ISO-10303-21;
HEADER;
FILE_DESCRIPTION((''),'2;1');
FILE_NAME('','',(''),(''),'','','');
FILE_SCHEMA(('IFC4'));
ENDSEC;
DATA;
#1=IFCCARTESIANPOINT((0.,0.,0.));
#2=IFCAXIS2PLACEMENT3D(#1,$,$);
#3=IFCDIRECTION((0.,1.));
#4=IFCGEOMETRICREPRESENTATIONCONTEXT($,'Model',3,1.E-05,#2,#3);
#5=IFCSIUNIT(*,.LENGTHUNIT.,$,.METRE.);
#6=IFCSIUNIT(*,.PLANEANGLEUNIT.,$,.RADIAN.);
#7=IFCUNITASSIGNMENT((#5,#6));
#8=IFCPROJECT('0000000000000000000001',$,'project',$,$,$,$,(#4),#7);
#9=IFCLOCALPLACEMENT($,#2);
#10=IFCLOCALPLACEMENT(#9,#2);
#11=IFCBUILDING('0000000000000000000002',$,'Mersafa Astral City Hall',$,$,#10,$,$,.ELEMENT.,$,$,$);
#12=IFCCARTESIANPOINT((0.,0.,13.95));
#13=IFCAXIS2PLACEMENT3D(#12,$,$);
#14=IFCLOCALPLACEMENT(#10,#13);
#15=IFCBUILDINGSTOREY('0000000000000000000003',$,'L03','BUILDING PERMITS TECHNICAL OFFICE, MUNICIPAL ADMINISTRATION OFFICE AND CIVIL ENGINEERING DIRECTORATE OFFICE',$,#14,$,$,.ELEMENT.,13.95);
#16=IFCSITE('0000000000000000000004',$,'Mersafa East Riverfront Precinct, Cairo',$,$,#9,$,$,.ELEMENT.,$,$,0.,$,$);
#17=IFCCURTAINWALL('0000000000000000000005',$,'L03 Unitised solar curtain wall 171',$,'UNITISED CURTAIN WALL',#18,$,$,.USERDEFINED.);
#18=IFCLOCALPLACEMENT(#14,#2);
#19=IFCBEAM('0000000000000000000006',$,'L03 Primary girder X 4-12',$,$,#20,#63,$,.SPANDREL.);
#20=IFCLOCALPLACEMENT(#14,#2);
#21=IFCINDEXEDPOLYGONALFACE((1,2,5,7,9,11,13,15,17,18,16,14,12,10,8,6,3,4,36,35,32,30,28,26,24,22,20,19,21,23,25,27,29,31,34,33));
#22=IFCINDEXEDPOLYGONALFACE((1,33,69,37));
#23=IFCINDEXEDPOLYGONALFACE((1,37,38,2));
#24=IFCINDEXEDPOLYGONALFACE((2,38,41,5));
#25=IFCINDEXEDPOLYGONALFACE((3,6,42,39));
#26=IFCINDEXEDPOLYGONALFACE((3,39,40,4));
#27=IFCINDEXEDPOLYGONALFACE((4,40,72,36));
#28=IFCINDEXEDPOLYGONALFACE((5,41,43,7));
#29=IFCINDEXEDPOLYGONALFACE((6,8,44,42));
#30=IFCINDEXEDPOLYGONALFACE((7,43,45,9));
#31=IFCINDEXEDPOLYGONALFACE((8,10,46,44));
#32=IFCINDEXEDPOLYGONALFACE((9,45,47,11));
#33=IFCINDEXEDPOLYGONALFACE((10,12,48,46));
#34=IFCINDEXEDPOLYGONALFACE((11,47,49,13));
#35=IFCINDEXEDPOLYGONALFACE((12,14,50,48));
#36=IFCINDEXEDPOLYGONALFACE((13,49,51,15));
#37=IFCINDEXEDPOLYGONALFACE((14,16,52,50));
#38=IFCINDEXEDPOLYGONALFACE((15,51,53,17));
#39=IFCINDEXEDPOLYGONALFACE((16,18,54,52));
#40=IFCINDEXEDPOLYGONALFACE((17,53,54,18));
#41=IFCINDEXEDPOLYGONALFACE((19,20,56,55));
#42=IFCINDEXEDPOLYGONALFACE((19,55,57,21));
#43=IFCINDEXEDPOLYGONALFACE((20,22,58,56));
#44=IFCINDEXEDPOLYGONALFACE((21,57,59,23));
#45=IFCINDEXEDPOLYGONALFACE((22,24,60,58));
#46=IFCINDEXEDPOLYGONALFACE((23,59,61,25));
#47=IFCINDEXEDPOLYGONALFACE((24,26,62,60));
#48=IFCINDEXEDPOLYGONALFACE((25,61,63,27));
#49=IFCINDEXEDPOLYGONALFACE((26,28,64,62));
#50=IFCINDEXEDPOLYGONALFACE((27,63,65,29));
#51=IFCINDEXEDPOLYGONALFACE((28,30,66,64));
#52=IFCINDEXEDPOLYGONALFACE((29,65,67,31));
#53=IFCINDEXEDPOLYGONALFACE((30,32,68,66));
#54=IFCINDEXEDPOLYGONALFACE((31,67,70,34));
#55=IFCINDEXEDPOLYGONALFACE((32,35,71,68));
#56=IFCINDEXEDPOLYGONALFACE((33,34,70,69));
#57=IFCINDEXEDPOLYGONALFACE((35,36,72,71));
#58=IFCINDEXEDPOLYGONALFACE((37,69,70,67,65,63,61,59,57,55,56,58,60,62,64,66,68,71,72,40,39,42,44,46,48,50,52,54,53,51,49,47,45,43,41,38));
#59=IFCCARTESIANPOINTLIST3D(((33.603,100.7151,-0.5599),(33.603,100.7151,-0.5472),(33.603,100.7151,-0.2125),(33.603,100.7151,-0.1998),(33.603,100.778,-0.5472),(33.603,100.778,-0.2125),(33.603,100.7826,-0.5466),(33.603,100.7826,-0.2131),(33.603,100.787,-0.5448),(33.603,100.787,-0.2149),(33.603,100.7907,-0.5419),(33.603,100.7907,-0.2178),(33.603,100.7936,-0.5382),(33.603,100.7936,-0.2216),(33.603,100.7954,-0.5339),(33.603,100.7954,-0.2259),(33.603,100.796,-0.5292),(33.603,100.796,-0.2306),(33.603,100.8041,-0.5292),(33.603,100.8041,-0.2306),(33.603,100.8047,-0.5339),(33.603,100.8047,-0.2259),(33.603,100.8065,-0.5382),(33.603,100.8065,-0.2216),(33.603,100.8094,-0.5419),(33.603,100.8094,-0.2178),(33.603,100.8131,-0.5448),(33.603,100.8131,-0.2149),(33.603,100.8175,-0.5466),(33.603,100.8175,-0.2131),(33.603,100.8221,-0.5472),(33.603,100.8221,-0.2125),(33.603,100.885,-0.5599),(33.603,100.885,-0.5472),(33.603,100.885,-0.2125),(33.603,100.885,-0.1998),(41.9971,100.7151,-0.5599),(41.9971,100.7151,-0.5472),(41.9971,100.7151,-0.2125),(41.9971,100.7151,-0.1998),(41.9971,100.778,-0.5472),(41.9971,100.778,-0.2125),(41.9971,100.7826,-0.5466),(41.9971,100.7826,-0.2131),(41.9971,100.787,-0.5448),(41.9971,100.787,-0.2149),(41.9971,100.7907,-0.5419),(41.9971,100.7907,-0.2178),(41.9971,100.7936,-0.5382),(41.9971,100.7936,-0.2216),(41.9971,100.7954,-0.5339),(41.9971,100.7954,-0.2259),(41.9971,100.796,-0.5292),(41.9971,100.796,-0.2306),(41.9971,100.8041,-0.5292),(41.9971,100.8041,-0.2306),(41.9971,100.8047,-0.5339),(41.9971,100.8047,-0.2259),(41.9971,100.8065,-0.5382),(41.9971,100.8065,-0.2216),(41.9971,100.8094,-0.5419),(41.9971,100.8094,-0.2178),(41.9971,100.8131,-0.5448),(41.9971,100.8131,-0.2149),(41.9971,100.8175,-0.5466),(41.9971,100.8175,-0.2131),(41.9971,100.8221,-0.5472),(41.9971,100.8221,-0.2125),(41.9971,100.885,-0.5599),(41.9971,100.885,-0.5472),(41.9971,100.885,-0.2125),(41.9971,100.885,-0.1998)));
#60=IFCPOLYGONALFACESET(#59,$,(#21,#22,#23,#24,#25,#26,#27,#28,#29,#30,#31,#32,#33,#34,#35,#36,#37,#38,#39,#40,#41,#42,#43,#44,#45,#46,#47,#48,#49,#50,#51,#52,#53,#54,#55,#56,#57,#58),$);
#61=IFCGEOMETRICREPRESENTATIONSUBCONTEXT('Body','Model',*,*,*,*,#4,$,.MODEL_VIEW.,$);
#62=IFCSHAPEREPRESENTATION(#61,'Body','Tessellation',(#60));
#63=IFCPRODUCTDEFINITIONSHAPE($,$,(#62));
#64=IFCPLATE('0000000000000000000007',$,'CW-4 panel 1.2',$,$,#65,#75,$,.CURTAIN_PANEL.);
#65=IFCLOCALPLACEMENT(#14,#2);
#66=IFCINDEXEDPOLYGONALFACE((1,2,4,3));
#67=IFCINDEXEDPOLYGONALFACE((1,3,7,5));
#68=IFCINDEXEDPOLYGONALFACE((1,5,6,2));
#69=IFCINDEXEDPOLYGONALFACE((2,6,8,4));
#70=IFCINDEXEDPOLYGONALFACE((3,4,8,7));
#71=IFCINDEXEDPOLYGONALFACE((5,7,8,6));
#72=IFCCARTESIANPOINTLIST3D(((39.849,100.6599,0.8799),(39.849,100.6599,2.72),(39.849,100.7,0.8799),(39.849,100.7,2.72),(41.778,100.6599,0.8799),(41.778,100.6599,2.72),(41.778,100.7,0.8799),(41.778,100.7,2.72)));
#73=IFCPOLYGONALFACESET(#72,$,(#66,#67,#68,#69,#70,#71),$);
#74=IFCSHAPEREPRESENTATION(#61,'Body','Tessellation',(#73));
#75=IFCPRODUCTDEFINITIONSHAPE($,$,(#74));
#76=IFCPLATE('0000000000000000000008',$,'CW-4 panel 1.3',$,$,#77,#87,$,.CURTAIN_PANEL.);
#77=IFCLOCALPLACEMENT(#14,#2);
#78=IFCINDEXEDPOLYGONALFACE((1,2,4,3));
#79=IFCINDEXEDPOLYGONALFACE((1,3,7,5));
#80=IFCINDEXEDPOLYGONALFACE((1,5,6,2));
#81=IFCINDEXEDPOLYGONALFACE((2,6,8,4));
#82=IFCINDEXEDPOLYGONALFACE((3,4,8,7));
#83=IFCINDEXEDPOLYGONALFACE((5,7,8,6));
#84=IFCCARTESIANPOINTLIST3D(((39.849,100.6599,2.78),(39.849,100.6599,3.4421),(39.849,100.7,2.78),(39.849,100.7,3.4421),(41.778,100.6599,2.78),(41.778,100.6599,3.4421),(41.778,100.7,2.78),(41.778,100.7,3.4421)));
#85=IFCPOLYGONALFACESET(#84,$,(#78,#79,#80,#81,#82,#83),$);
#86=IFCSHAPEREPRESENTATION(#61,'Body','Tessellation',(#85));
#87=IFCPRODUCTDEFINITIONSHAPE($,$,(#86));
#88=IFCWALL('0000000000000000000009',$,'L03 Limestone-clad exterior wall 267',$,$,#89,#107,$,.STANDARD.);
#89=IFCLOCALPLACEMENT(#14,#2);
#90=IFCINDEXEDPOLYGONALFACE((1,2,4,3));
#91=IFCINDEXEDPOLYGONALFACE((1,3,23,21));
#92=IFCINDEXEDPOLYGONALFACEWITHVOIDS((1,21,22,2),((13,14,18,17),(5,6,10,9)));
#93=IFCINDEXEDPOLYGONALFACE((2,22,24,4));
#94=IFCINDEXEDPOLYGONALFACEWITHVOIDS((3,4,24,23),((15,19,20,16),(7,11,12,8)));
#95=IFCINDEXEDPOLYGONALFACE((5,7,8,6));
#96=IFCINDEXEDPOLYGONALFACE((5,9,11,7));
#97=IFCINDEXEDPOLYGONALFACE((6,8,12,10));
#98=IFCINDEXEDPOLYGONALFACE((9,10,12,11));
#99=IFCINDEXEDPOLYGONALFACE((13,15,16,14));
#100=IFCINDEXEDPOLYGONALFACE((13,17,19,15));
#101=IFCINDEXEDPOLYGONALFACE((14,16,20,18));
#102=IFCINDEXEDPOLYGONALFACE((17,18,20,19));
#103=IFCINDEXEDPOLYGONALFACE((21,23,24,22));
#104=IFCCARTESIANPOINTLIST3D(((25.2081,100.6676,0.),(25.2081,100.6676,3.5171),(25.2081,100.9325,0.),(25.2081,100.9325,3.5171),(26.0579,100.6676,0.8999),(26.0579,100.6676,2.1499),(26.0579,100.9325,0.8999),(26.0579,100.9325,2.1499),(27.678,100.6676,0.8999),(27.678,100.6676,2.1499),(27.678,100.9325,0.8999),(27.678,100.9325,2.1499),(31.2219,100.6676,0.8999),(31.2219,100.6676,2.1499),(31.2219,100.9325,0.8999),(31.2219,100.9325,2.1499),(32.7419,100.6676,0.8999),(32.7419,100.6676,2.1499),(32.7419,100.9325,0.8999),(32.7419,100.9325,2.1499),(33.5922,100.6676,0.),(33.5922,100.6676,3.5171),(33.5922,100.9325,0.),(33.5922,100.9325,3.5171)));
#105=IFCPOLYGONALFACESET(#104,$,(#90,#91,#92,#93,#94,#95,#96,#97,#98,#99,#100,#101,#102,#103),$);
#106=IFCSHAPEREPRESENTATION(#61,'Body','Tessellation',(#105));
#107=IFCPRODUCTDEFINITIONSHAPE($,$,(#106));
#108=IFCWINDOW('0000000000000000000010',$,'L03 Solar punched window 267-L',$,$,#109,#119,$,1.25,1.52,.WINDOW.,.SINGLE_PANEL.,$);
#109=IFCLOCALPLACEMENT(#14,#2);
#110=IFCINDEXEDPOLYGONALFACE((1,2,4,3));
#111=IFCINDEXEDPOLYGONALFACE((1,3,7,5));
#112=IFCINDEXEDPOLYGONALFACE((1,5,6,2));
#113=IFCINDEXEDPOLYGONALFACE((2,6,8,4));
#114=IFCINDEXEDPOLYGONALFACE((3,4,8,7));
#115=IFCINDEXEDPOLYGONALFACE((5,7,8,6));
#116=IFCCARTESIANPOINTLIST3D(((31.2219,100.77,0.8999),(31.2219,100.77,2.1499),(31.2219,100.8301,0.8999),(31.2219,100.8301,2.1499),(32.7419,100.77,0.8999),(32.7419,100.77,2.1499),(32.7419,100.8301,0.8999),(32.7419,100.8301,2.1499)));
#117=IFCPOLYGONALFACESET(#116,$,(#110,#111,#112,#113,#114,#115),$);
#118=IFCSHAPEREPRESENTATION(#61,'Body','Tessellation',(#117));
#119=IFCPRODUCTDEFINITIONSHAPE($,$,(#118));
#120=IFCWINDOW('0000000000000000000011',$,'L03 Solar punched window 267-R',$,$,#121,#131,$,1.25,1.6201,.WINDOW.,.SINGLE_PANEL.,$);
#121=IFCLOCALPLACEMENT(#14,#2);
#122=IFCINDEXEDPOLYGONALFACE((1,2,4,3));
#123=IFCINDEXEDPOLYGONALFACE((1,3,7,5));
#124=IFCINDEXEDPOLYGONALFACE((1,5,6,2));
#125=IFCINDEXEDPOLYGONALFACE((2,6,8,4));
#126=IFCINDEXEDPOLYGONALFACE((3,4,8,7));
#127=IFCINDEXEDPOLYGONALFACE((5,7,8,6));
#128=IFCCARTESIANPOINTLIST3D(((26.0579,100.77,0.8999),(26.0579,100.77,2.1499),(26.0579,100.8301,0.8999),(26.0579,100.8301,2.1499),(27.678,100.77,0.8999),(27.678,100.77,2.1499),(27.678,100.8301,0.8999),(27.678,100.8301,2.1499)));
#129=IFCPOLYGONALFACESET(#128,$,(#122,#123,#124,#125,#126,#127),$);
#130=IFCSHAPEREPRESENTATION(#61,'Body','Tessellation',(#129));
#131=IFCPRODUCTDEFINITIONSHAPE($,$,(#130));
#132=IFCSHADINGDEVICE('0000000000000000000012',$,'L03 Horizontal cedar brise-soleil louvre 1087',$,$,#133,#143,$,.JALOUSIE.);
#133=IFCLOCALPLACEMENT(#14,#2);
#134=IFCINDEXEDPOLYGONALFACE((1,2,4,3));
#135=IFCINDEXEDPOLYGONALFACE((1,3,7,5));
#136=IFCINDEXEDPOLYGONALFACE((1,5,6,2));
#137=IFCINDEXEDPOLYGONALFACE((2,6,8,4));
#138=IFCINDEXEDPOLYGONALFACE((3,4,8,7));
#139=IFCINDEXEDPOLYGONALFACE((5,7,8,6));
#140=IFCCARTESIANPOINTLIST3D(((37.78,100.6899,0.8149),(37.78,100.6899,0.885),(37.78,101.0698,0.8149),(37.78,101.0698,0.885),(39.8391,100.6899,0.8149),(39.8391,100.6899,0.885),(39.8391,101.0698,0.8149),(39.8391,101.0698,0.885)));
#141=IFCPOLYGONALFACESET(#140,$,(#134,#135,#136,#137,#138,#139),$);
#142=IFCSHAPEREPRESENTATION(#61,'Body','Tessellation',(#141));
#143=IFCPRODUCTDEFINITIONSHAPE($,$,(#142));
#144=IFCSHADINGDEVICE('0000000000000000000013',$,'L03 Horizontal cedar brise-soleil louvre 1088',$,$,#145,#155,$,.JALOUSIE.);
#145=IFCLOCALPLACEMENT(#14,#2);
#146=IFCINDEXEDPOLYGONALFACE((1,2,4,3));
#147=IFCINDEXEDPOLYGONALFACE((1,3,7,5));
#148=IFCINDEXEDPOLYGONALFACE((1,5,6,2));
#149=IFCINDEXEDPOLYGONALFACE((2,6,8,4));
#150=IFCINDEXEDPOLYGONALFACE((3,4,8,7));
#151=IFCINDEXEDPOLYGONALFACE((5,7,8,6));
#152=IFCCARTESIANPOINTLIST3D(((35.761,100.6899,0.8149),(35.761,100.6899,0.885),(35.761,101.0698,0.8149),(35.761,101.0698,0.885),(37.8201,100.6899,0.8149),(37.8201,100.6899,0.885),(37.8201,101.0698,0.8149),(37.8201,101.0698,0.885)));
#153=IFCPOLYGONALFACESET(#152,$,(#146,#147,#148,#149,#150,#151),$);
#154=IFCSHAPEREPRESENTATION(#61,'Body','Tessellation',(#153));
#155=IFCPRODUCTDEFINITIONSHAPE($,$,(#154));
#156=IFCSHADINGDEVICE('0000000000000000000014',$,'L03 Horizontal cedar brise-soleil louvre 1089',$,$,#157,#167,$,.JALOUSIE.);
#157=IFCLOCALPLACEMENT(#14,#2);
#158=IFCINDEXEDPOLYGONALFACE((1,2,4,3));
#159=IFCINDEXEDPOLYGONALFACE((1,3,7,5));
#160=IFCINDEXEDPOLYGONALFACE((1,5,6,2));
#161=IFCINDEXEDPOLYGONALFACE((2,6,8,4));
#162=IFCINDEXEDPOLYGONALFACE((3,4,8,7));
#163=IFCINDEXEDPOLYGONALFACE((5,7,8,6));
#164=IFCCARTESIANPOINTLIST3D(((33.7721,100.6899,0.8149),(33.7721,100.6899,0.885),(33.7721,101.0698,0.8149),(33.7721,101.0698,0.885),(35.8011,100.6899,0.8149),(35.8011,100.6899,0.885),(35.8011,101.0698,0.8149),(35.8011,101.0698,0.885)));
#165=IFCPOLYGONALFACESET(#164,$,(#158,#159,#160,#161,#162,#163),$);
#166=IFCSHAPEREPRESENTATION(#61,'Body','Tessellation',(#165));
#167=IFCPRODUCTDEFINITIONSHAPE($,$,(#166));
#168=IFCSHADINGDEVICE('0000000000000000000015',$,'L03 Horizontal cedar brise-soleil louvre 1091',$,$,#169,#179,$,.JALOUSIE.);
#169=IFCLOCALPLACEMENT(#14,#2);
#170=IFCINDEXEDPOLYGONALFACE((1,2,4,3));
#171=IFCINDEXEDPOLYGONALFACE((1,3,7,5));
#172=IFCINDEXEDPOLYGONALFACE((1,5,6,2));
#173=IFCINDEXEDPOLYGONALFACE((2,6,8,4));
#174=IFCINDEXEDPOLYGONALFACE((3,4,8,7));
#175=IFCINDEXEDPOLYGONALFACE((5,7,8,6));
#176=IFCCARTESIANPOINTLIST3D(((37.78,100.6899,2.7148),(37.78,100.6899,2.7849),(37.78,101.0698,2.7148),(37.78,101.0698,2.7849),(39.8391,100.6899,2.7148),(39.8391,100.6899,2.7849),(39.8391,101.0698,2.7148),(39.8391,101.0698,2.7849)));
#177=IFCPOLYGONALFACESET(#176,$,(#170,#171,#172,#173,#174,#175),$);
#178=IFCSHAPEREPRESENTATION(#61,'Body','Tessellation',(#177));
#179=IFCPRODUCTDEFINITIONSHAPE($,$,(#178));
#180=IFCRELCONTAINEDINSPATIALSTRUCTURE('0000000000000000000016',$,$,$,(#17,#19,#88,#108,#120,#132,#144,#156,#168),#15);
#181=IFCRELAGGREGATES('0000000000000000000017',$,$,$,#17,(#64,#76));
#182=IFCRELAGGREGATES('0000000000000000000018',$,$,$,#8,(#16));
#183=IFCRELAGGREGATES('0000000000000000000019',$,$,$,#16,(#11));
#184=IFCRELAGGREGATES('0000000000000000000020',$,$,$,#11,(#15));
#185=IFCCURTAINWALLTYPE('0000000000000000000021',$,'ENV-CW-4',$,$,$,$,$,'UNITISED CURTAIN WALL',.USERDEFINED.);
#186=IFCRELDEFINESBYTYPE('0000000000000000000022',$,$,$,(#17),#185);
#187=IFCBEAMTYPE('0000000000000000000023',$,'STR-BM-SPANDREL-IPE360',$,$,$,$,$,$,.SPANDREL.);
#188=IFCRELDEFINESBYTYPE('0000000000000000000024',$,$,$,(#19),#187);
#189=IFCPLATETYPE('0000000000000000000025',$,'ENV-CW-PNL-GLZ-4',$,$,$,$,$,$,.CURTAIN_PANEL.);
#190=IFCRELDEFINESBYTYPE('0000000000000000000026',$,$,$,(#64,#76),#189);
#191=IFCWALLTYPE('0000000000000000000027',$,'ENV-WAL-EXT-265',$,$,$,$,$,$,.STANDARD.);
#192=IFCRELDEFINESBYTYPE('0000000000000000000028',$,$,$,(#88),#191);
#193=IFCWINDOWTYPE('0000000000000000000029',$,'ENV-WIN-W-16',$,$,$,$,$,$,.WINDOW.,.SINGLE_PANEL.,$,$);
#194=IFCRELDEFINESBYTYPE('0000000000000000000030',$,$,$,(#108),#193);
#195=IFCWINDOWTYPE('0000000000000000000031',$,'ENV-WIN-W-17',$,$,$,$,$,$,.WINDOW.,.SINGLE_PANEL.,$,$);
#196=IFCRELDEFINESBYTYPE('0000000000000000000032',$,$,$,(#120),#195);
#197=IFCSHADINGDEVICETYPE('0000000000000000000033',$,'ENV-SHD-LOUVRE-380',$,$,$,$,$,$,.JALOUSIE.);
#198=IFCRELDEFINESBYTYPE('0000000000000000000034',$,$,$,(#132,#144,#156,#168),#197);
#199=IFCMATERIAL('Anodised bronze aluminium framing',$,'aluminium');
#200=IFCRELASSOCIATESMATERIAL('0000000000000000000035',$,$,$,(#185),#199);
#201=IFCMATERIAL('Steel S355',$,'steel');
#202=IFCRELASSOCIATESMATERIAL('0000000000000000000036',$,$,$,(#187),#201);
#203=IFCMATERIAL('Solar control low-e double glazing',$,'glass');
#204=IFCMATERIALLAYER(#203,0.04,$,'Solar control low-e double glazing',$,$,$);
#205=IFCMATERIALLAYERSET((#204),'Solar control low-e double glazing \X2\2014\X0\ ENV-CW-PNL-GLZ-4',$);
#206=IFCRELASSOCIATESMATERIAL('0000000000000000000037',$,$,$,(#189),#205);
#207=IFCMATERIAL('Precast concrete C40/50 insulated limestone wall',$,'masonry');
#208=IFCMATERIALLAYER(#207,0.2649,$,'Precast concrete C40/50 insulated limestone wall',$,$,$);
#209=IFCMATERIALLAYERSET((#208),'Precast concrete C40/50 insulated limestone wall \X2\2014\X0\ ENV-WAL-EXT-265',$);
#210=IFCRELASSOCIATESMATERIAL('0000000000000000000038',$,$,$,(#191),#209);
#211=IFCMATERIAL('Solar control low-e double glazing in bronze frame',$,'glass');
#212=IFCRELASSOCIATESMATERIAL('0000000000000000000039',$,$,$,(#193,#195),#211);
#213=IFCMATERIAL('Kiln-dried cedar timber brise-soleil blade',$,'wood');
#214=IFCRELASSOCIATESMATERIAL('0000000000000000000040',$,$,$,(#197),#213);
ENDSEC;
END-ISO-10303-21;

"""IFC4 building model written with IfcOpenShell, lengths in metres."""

from ifc_helpers import new_model, si_unit, direction, frame, frame_2d, origin, origin_2d, place, context, subcontext, project, spatial, rectangle, i_section, extrude, material, layer, layer_set, material_profile, profile_set, type_object, element, fill, aggregate, save


model = new_model("IFC4")

# Units and contexts
model_context = context("Model", 3, precision=1e-05, world=origin(), true_north=direction((0.0, 1.0)))
body_context = subcontext(model_context, "Body", "Model", "MODEL_VIEW")
ifc_project = project(units=[si_unit("LENGTHUNIT", "METRE"), si_unit("PLANEANGLEUNIT", "RADIAN")], contexts=[model_context])

# Site, building, storey
site_placement = place(None, origin())
site = spatial("IfcSite", under=ifc_project, at=site_placement, Name="Mersafa East Riverfront Precinct, Cairo", CompositionType="ELEMENT", RefElevation=0.0)
building_placement = place(site_placement, origin())
building = spatial("IfcBuilding", under=site, at=building_placement, Name="Mersafa Astral City Hall", CompositionType="ELEMENT")
storey_placement = place(building_placement, frame((0.0, 0.0, 13.95)))
storey = spatial("IfcBuildingStorey", under=building, at=storey_placement, Name="L03", Description="BUILDING PERMITS TECHNICAL OFFICE, MUNICIPAL ADMINISTRATION OFFICE AND CIVIL ENGINEERING DIRECTORATE OFFICE", CompositionType="ELEMENT", Elevation=13.95)

# Shared definitions
ifc_material_1 = material(Name="Steel S355", Category="steel")

# Curtain wall
ifc_material_2 = material(Name="Anodised bronze aluminium framing", Category="aluminium")
curtain_wall_type = type_object("IfcCurtainWallType", Name="ENV-CW-4", ElementType="UNITISED CURTAIN WALL", PredefinedType="USERDEFINED", material=ifc_material_2)
curtain_wall_placement = place(storey_placement, origin())
curtain_wall = element("IfcCurtainWall", 1, at=curtain_wall_placement, inside=storey, type_object=curtain_wall_type, Name="L03 Unitised solar curtain wall 171", ObjectType="UNITISED CURTAIN WALL", PredefinedType="USERDEFINED")

# Beam
ifc_material_profile_1 = material_profile(ifc_material_1, i_section(OverallWidth=0.1699, OverallDepth=0.3601, WebThickness=0.0081, FlangeThickness=0.0127, FilletRadius=0.0181, at=origin_2d()), Name="IPE 360")
ifc_profile_set_1 = profile_set([ifc_material_profile_1], Name="Steel S355")
beam_type_1 = type_object("IfcBeamType", Name="STR-BM-SPANDREL-IPE360", PredefinedType="SPANDREL", material=ifc_profile_set_1)
beam_1_placement = place(storey_placement, frame((33.603, 100.8, -0.3799), z_axis=(1.0, 0.0, 0.0), x_axis=(0.0, 1.0, 0.0)))
element("IfcBeam", 2, at=beam_1_placement, inside=storey, type_object=beam_type_1, Name="L03 Primary girder X 4-12", PredefinedType="SPANDREL", context=body_context, shape_type="SweptSolid", body=[
    extrude(i_section(OverallWidth=0.1699, OverallDepth=0.3601, WebThickness=0.0081, FlangeThickness=0.0127, FilletRadius=0.0181, at=origin_2d()), origin(), (0.0, 0.0, 1.0), 8.394),
])

# Plates
ifc_material_3 = material(Name="Solar control low-e double glazing", Category="glass")
ifc_layer_1 = layer(ifc_material_3, 0.04, Name="Solar control low-e double glazing")
ifc_layer_set_1 = layer_set([ifc_layer_1], Name="Solar control low-e double glazing — ENV-CW-PNL-GLZ-4")
plate_type = type_object("IfcPlateType", Name="ENV-CW-PNL-GLZ-4", PredefinedType="CURTAIN_PANEL", material=ifc_layer_set_1)
plate_1_placement = place(storey_placement, frame((40.8135, 100.6799, 0.8799), z_axis=(0.0, 0.0, 1.0), x_axis=(-1.0, 0.0, 0.0)))
plate_1 = element("IfcPlate", 3, at=plate_1_placement, type_object=plate_type, Name="CW-4 panel 1.2", PredefinedType="CURTAIN_PANEL", context=body_context, shape_type="SweptSolid", body=[
    extrude(rectangle(XDim=1.929, YDim=0.04, at=origin_2d()), origin(), (0.0, 0.0, 1.0), 1.8401),
])
plate_2_placement = place(storey_placement, frame((40.8135, 100.6799, 2.78), z_axis=(0.0, 0.0, 1.0), x_axis=(-1.0, 0.0, 0.0)))
plate_2 = element("IfcPlate", 4, at=plate_2_placement, type_object=plate_type, Name="CW-4 panel 1.3", PredefinedType="CURTAIN_PANEL", context=body_context, shape_type="SweptSolid", body=[
    extrude(rectangle(XDim=1.929, YDim=0.04, at=origin_2d()), origin(), (0.0, 0.0, 1.0), 0.6621),
])
aggregate(curtain_wall, [plate_1, plate_2])

# Wall, openings, windows
ifc_material_4 = material(Name="Precast concrete C40/50 insulated limestone wall", Category="masonry")
ifc_layer_2 = layer(ifc_material_4, 0.2649, Name="Precast concrete C40/50 insulated limestone wall")
ifc_layer_set_2 = layer_set([ifc_layer_2], Name="Precast concrete C40/50 insulated limestone wall — ENV-WAL-EXT-265")
wall_type = type_object("IfcWallType", Name="ENV-WAL-EXT-265", PredefinedType="STANDARD", material=ifc_layer_set_2)
wall_placement = place(storey_placement, frame((33.592, 100.8, 0.0), z_axis=(0.0, 0.0, 1.0), x_axis=(-1.0, 0.0, 0.0)))
wall = element("IfcWall", 5, at=wall_placement, inside=storey, type_object=wall_type, Name="L03 Limestone-clad exterior wall 267", PredefinedType="STANDARD", context=body_context, shape_type="SweptSolid", body=[
    extrude(rectangle(XDim=8.384, YDim=0.2649, at=frame_2d((4.1919, 0.0))), origin(), (0.0, 0.0, 1.0), 3.5171),
])
opening_1_placement = place(wall_placement, frame((0.8501, 0.0, 0.8999)))
opening_1 = element("IfcOpeningElement", 6, at=opening_1_placement, cuts=wall, PredefinedType="OPENING", context=body_context, shape_type="SweptSolid", body=[
    extrude(rectangle(XDim=1.52, YDim=1.25, at=frame_2d((0.76, 0.625))), frame((0.0, 0.1423, 0.0), z_axis=(0.0, -1.0, 0.0), x_axis=(1.0, 0.0, 0.0)), (0.0, 0.0, 1.0), 0.2849),
])
opening_2_placement = place(wall_placement, frame((5.9141, 0.0, 0.8999)))
opening_2 = element("IfcOpeningElement", 7, at=opening_2_placement, cuts=wall, PredefinedType="OPENING", context=body_context, shape_type="SweptSolid", body=[
    extrude(rectangle(XDim=1.6201, YDim=1.25, at=frame_2d((0.8101, 0.625))), frame((0.0, 0.1423, 0.0), z_axis=(0.0, -1.0, 0.0), x_axis=(1.0, 0.0, 0.0)), (0.0, 0.0, 1.0), 0.2849),
])
ifc_material_5 = material(Name="Solar control low-e double glazing in bronze frame", Category="glass")
window_type_1 = type_object("IfcWindowType", Name="ENV-WIN-W-16", PartitioningType="SINGLE_PANEL", PredefinedType="WINDOW", material=ifc_material_5)
window_1_placement = place(opening_1_placement, origin())
window_1 = element("IfcWindow", 8, at=window_1_placement, inside=storey, type_object=window_type_1, Name="L03 Solar punched window 267-L", OverallHeight=1.25, OverallWidth=1.52, PartitioningType="SINGLE_PANEL", PredefinedType="WINDOW", context=body_context, shape_type="SweptSolid", body=[
    extrude(rectangle(XDim=1.52, YDim=1.25, at=frame_2d((0.76, 0.625))), frame((0.0, 0.03, 0.0), z_axis=(0.0, -1.0, 0.0), x_axis=(1.0, 0.0, 0.0)), (0.0, 0.0, 1.0), 0.0601),
])
fill(opening_1, window_1)
window_type_2 = type_object("IfcWindowType", Name="ENV-WIN-W-17", PartitioningType="SINGLE_PANEL", PredefinedType="WINDOW", material=ifc_material_5)
window_2_placement = place(opening_2_placement, origin())
window_2 = element("IfcWindow", 9, at=window_2_placement, inside=storey, type_object=window_type_2, Name="L03 Solar punched window 267-R", OverallHeight=1.25, OverallWidth=1.6201, PartitioningType="SINGLE_PANEL", PredefinedType="WINDOW", context=body_context, shape_type="SweptSolid", body=[
    extrude(rectangle(XDim=1.6201, YDim=1.25, at=frame_2d((0.8101, 0.625))), frame((0.0, 0.03, 0.0), z_axis=(0.0, -1.0, 0.0), x_axis=(1.0, 0.0, 0.0)), (0.0, 0.0, 1.0), 0.0601),
])
fill(opening_2, window_2)

# Shading devices
ifc_material_6 = material(Name="Kiln-dried cedar timber brise-soleil blade", Category="wood")
shading_device_type = type_object("IfcShadingDeviceType", Name="ENV-SHD-LOUVRE-380", PredefinedType="JALOUSIE", material=ifc_material_6)
for number, where, z_axis, x_axis, name in (
    (10, (38.8096, 100.8799, 0.8149), (0.0, 0.0, 1.0), (-1.0, 0.0, 0.0), "L03 Horizontal cedar brise-soleil louvre 1087"),
    (11, (36.7905, 100.8799, 0.8149), (0.0, 0.0, 1.0), (-1.0, 0.0, 0.0), "L03 Horizontal cedar brise-soleil louvre 1088"),
):
    element("IfcShadingDevice", number, at=place(storey_placement, frame(where, z_axis=z_axis, x_axis=x_axis)), inside=storey, type_object=shading_device_type, Name=name, PredefinedType="JALOUSIE", context=body_context, shape_type="SweptSolid", body=[
        extrude(rectangle(XDim=2.0591, YDim=0.3799, at=origin_2d()), origin(), (0.0, 0.0, 1.0), 0.0701),
    ])
shading_device_1_placement = place(storey_placement, frame((34.7866, 100.8799, 0.8149), z_axis=(0.0, 0.0, 1.0), x_axis=(-1.0, 0.0, 0.0)))
element("IfcShadingDevice", 12, at=shading_device_1_placement, inside=storey, type_object=shading_device_type, Name="L03 Horizontal cedar brise-soleil louvre 1089", PredefinedType="JALOUSIE", context=body_context, shape_type="SweptSolid", body=[
    extrude(rectangle(XDim=2.0291, YDim=0.3799, at=origin_2d()), origin(), (0.0, 0.0, 1.0), 0.0701),
])
for number, where, z_axis, x_axis, name in (
    (13, (38.8096, 100.8799, 2.7148), (0.0, 0.0, 1.0), (-1.0, 0.0, 0.0), "L03 Horizontal cedar brise-soleil louvre 1091"),
):
    element("IfcShadingDevice", number, at=place(storey_placement, frame(where, z_axis=z_axis, x_axis=x_axis)), inside=storey, type_object=shading_device_type, Name=name, PredefinedType="JALOUSIE", context=body_context, shape_type="SweptSolid", body=[
        extrude(rectangle(XDim=2.0591, YDim=0.3799, at=origin_2d()), origin(), (0.0, 0.0, 1.0), 0.0701),
    ])

save(model, "model.ifc")
